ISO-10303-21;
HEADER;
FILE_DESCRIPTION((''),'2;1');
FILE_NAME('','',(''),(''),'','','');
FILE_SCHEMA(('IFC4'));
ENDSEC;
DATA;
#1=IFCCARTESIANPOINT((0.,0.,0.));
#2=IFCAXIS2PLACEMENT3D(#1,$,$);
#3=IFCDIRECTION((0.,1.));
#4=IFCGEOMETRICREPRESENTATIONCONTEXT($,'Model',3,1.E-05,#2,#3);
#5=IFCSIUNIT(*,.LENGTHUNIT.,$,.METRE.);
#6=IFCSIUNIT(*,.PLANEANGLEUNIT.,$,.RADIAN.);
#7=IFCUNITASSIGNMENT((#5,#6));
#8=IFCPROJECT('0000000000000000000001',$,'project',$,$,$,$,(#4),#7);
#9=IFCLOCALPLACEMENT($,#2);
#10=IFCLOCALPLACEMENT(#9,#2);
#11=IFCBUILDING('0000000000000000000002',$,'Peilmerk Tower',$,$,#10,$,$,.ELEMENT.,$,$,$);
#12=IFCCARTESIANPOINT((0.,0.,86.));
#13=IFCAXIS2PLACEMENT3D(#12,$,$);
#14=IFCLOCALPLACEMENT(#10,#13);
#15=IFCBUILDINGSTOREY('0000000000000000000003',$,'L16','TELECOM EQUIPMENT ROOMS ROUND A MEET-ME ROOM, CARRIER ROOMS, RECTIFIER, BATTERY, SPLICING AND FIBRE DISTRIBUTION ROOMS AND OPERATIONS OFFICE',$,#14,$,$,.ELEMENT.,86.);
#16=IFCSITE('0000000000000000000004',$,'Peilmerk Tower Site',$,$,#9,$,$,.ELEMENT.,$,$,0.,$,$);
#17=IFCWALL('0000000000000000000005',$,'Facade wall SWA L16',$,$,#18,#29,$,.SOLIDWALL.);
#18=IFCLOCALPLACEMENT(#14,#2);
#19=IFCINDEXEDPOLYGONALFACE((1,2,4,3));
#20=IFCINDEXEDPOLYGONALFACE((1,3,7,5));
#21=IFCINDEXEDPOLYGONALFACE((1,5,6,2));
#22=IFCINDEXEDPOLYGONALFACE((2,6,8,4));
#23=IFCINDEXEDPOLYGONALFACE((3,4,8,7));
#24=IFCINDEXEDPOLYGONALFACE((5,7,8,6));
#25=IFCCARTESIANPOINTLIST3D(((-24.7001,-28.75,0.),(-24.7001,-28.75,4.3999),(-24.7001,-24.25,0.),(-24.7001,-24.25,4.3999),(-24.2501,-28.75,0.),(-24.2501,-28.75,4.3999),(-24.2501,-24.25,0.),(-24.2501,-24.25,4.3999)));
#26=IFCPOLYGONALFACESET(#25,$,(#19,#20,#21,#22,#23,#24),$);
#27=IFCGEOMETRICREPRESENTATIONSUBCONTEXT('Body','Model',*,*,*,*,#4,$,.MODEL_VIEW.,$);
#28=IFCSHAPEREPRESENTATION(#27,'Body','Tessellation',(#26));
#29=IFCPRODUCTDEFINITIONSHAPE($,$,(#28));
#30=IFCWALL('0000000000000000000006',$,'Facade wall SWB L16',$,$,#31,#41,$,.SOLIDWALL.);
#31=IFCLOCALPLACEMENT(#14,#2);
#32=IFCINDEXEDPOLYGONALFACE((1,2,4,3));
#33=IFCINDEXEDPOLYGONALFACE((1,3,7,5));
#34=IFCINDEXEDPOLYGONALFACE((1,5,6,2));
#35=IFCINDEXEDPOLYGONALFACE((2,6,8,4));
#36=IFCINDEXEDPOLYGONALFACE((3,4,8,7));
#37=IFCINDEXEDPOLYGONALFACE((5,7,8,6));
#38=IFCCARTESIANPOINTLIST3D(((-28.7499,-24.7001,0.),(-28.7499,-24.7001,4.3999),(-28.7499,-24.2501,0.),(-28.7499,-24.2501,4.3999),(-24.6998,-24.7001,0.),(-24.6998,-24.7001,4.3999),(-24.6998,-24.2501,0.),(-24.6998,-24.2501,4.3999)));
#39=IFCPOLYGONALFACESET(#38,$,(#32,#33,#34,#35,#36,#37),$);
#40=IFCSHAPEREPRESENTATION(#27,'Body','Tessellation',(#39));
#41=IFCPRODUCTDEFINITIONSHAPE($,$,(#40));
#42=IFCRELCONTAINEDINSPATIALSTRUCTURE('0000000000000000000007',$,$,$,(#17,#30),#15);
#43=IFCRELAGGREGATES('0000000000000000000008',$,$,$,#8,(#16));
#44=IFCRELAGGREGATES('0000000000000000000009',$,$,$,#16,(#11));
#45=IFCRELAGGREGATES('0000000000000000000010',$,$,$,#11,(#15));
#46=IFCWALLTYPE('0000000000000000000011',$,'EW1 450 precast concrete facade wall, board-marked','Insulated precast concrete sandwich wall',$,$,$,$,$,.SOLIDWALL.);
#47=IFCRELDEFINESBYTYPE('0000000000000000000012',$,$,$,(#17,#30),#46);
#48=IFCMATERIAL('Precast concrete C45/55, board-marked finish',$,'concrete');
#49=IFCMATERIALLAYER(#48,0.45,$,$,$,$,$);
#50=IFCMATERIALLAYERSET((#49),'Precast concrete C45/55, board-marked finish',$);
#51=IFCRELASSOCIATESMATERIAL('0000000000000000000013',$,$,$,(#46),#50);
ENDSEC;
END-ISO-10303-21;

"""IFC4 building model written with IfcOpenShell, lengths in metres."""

from ifc_helpers import new_model, si_unit, direction, frame, frame_2d, origin, place, context, subcontext, project, spatial, rectangle, extrude, material, layer, layer_set, type_object, element, save


model = new_model("IFC4")

# Units and contexts
model_context = context("Model", 3, precision=1e-05, world=origin(), true_north=direction((0.0, 1.0)))
body_context = subcontext(model_context, "Body", "Model", "MODEL_VIEW")
ifc_project = project(units=[si_unit("LENGTHUNIT", "METRE"), si_unit("PLANEANGLEUNIT", "RADIAN")], contexts=[model_context])

# Site, building, storey
site_placement = place(None, origin())
site = spatial("IfcSite", under=ifc_project, at=site_placement, Name="Peilmerk Tower Site", CompositionType="ELEMENT", RefElevation=0.0)
building_placement = place(site_placement, origin())
building = spatial("IfcBuilding", under=site, at=building_placement, Name="Peilmerk Tower", CompositionType="ELEMENT")
storey_placement = place(building_placement, frame((0.0, 0.0, 86.0)))
storey = spatial("IfcBuildingStorey", under=building, at=storey_placement, Name="L16", Description="TELECOM EQUIPMENT ROOMS ROUND A MEET-ME ROOM, CARRIER ROOMS, RECTIFIER, BATTERY, SPLICING AND FIBRE DISTRIBUTION ROOMS AND OPERATIONS OFFICE", CompositionType="ELEMENT", Elevation=86.0)

# Shared definitions
ifc_material_1 = material(Name="Precast concrete C45/55, board-marked finish", Category="concrete")
ifc_layer = layer(ifc_material_1, 0.45)
ifc_layer_set = layer_set([ifc_layer], Name="Precast concrete C45/55, board-marked finish")
wall_type = type_object("IfcWallType", Name="EW1 450 precast concrete facade wall, board-marked", Description="Insulated precast concrete sandwich wall", PredefinedType="SOLIDWALL", material=ifc_layer_set)

# Walls
wall_1_placement = place(storey_placement, frame((-24.4751, -24.25, 0.0), z_axis=(0.0, 0.0, 1.0), x_axis=(0.0, -1.0, 0.0)))
element("IfcWall", 1, at=wall_1_placement, inside=storey, type_object=wall_type, Name="Facade wall SWA L16", PredefinedType="SOLIDWALL", context=body_context, shape_type="SweptSolid", body=[
    extrude(rectangle(XDim=4.5, YDim=0.45, at=frame_2d((2.25, 0.0))), origin(), (0.0, 0.0, 1.0), 4.3999),
])
wall_2_placement = place(storey_placement, frame((-24.7, -24.4751, 0.0), z_axis=(0.0, 0.0, 1.0), x_axis=(-1.0, 0.0, 0.0)))
element("IfcWall", 2, at=wall_2_placement, inside=storey, type_object=wall_type, Name="Facade wall SWB L16", PredefinedType="SOLIDWALL", context=body_context, shape_type="SweptSolid", body=[
    extrude(rectangle(XDim=4.05, YDim=0.45, at=frame_2d((2.0249, 0.0))), origin(), (0.0, 0.0, 1.0), 4.3999),
])

save(model, "model.ifc")
